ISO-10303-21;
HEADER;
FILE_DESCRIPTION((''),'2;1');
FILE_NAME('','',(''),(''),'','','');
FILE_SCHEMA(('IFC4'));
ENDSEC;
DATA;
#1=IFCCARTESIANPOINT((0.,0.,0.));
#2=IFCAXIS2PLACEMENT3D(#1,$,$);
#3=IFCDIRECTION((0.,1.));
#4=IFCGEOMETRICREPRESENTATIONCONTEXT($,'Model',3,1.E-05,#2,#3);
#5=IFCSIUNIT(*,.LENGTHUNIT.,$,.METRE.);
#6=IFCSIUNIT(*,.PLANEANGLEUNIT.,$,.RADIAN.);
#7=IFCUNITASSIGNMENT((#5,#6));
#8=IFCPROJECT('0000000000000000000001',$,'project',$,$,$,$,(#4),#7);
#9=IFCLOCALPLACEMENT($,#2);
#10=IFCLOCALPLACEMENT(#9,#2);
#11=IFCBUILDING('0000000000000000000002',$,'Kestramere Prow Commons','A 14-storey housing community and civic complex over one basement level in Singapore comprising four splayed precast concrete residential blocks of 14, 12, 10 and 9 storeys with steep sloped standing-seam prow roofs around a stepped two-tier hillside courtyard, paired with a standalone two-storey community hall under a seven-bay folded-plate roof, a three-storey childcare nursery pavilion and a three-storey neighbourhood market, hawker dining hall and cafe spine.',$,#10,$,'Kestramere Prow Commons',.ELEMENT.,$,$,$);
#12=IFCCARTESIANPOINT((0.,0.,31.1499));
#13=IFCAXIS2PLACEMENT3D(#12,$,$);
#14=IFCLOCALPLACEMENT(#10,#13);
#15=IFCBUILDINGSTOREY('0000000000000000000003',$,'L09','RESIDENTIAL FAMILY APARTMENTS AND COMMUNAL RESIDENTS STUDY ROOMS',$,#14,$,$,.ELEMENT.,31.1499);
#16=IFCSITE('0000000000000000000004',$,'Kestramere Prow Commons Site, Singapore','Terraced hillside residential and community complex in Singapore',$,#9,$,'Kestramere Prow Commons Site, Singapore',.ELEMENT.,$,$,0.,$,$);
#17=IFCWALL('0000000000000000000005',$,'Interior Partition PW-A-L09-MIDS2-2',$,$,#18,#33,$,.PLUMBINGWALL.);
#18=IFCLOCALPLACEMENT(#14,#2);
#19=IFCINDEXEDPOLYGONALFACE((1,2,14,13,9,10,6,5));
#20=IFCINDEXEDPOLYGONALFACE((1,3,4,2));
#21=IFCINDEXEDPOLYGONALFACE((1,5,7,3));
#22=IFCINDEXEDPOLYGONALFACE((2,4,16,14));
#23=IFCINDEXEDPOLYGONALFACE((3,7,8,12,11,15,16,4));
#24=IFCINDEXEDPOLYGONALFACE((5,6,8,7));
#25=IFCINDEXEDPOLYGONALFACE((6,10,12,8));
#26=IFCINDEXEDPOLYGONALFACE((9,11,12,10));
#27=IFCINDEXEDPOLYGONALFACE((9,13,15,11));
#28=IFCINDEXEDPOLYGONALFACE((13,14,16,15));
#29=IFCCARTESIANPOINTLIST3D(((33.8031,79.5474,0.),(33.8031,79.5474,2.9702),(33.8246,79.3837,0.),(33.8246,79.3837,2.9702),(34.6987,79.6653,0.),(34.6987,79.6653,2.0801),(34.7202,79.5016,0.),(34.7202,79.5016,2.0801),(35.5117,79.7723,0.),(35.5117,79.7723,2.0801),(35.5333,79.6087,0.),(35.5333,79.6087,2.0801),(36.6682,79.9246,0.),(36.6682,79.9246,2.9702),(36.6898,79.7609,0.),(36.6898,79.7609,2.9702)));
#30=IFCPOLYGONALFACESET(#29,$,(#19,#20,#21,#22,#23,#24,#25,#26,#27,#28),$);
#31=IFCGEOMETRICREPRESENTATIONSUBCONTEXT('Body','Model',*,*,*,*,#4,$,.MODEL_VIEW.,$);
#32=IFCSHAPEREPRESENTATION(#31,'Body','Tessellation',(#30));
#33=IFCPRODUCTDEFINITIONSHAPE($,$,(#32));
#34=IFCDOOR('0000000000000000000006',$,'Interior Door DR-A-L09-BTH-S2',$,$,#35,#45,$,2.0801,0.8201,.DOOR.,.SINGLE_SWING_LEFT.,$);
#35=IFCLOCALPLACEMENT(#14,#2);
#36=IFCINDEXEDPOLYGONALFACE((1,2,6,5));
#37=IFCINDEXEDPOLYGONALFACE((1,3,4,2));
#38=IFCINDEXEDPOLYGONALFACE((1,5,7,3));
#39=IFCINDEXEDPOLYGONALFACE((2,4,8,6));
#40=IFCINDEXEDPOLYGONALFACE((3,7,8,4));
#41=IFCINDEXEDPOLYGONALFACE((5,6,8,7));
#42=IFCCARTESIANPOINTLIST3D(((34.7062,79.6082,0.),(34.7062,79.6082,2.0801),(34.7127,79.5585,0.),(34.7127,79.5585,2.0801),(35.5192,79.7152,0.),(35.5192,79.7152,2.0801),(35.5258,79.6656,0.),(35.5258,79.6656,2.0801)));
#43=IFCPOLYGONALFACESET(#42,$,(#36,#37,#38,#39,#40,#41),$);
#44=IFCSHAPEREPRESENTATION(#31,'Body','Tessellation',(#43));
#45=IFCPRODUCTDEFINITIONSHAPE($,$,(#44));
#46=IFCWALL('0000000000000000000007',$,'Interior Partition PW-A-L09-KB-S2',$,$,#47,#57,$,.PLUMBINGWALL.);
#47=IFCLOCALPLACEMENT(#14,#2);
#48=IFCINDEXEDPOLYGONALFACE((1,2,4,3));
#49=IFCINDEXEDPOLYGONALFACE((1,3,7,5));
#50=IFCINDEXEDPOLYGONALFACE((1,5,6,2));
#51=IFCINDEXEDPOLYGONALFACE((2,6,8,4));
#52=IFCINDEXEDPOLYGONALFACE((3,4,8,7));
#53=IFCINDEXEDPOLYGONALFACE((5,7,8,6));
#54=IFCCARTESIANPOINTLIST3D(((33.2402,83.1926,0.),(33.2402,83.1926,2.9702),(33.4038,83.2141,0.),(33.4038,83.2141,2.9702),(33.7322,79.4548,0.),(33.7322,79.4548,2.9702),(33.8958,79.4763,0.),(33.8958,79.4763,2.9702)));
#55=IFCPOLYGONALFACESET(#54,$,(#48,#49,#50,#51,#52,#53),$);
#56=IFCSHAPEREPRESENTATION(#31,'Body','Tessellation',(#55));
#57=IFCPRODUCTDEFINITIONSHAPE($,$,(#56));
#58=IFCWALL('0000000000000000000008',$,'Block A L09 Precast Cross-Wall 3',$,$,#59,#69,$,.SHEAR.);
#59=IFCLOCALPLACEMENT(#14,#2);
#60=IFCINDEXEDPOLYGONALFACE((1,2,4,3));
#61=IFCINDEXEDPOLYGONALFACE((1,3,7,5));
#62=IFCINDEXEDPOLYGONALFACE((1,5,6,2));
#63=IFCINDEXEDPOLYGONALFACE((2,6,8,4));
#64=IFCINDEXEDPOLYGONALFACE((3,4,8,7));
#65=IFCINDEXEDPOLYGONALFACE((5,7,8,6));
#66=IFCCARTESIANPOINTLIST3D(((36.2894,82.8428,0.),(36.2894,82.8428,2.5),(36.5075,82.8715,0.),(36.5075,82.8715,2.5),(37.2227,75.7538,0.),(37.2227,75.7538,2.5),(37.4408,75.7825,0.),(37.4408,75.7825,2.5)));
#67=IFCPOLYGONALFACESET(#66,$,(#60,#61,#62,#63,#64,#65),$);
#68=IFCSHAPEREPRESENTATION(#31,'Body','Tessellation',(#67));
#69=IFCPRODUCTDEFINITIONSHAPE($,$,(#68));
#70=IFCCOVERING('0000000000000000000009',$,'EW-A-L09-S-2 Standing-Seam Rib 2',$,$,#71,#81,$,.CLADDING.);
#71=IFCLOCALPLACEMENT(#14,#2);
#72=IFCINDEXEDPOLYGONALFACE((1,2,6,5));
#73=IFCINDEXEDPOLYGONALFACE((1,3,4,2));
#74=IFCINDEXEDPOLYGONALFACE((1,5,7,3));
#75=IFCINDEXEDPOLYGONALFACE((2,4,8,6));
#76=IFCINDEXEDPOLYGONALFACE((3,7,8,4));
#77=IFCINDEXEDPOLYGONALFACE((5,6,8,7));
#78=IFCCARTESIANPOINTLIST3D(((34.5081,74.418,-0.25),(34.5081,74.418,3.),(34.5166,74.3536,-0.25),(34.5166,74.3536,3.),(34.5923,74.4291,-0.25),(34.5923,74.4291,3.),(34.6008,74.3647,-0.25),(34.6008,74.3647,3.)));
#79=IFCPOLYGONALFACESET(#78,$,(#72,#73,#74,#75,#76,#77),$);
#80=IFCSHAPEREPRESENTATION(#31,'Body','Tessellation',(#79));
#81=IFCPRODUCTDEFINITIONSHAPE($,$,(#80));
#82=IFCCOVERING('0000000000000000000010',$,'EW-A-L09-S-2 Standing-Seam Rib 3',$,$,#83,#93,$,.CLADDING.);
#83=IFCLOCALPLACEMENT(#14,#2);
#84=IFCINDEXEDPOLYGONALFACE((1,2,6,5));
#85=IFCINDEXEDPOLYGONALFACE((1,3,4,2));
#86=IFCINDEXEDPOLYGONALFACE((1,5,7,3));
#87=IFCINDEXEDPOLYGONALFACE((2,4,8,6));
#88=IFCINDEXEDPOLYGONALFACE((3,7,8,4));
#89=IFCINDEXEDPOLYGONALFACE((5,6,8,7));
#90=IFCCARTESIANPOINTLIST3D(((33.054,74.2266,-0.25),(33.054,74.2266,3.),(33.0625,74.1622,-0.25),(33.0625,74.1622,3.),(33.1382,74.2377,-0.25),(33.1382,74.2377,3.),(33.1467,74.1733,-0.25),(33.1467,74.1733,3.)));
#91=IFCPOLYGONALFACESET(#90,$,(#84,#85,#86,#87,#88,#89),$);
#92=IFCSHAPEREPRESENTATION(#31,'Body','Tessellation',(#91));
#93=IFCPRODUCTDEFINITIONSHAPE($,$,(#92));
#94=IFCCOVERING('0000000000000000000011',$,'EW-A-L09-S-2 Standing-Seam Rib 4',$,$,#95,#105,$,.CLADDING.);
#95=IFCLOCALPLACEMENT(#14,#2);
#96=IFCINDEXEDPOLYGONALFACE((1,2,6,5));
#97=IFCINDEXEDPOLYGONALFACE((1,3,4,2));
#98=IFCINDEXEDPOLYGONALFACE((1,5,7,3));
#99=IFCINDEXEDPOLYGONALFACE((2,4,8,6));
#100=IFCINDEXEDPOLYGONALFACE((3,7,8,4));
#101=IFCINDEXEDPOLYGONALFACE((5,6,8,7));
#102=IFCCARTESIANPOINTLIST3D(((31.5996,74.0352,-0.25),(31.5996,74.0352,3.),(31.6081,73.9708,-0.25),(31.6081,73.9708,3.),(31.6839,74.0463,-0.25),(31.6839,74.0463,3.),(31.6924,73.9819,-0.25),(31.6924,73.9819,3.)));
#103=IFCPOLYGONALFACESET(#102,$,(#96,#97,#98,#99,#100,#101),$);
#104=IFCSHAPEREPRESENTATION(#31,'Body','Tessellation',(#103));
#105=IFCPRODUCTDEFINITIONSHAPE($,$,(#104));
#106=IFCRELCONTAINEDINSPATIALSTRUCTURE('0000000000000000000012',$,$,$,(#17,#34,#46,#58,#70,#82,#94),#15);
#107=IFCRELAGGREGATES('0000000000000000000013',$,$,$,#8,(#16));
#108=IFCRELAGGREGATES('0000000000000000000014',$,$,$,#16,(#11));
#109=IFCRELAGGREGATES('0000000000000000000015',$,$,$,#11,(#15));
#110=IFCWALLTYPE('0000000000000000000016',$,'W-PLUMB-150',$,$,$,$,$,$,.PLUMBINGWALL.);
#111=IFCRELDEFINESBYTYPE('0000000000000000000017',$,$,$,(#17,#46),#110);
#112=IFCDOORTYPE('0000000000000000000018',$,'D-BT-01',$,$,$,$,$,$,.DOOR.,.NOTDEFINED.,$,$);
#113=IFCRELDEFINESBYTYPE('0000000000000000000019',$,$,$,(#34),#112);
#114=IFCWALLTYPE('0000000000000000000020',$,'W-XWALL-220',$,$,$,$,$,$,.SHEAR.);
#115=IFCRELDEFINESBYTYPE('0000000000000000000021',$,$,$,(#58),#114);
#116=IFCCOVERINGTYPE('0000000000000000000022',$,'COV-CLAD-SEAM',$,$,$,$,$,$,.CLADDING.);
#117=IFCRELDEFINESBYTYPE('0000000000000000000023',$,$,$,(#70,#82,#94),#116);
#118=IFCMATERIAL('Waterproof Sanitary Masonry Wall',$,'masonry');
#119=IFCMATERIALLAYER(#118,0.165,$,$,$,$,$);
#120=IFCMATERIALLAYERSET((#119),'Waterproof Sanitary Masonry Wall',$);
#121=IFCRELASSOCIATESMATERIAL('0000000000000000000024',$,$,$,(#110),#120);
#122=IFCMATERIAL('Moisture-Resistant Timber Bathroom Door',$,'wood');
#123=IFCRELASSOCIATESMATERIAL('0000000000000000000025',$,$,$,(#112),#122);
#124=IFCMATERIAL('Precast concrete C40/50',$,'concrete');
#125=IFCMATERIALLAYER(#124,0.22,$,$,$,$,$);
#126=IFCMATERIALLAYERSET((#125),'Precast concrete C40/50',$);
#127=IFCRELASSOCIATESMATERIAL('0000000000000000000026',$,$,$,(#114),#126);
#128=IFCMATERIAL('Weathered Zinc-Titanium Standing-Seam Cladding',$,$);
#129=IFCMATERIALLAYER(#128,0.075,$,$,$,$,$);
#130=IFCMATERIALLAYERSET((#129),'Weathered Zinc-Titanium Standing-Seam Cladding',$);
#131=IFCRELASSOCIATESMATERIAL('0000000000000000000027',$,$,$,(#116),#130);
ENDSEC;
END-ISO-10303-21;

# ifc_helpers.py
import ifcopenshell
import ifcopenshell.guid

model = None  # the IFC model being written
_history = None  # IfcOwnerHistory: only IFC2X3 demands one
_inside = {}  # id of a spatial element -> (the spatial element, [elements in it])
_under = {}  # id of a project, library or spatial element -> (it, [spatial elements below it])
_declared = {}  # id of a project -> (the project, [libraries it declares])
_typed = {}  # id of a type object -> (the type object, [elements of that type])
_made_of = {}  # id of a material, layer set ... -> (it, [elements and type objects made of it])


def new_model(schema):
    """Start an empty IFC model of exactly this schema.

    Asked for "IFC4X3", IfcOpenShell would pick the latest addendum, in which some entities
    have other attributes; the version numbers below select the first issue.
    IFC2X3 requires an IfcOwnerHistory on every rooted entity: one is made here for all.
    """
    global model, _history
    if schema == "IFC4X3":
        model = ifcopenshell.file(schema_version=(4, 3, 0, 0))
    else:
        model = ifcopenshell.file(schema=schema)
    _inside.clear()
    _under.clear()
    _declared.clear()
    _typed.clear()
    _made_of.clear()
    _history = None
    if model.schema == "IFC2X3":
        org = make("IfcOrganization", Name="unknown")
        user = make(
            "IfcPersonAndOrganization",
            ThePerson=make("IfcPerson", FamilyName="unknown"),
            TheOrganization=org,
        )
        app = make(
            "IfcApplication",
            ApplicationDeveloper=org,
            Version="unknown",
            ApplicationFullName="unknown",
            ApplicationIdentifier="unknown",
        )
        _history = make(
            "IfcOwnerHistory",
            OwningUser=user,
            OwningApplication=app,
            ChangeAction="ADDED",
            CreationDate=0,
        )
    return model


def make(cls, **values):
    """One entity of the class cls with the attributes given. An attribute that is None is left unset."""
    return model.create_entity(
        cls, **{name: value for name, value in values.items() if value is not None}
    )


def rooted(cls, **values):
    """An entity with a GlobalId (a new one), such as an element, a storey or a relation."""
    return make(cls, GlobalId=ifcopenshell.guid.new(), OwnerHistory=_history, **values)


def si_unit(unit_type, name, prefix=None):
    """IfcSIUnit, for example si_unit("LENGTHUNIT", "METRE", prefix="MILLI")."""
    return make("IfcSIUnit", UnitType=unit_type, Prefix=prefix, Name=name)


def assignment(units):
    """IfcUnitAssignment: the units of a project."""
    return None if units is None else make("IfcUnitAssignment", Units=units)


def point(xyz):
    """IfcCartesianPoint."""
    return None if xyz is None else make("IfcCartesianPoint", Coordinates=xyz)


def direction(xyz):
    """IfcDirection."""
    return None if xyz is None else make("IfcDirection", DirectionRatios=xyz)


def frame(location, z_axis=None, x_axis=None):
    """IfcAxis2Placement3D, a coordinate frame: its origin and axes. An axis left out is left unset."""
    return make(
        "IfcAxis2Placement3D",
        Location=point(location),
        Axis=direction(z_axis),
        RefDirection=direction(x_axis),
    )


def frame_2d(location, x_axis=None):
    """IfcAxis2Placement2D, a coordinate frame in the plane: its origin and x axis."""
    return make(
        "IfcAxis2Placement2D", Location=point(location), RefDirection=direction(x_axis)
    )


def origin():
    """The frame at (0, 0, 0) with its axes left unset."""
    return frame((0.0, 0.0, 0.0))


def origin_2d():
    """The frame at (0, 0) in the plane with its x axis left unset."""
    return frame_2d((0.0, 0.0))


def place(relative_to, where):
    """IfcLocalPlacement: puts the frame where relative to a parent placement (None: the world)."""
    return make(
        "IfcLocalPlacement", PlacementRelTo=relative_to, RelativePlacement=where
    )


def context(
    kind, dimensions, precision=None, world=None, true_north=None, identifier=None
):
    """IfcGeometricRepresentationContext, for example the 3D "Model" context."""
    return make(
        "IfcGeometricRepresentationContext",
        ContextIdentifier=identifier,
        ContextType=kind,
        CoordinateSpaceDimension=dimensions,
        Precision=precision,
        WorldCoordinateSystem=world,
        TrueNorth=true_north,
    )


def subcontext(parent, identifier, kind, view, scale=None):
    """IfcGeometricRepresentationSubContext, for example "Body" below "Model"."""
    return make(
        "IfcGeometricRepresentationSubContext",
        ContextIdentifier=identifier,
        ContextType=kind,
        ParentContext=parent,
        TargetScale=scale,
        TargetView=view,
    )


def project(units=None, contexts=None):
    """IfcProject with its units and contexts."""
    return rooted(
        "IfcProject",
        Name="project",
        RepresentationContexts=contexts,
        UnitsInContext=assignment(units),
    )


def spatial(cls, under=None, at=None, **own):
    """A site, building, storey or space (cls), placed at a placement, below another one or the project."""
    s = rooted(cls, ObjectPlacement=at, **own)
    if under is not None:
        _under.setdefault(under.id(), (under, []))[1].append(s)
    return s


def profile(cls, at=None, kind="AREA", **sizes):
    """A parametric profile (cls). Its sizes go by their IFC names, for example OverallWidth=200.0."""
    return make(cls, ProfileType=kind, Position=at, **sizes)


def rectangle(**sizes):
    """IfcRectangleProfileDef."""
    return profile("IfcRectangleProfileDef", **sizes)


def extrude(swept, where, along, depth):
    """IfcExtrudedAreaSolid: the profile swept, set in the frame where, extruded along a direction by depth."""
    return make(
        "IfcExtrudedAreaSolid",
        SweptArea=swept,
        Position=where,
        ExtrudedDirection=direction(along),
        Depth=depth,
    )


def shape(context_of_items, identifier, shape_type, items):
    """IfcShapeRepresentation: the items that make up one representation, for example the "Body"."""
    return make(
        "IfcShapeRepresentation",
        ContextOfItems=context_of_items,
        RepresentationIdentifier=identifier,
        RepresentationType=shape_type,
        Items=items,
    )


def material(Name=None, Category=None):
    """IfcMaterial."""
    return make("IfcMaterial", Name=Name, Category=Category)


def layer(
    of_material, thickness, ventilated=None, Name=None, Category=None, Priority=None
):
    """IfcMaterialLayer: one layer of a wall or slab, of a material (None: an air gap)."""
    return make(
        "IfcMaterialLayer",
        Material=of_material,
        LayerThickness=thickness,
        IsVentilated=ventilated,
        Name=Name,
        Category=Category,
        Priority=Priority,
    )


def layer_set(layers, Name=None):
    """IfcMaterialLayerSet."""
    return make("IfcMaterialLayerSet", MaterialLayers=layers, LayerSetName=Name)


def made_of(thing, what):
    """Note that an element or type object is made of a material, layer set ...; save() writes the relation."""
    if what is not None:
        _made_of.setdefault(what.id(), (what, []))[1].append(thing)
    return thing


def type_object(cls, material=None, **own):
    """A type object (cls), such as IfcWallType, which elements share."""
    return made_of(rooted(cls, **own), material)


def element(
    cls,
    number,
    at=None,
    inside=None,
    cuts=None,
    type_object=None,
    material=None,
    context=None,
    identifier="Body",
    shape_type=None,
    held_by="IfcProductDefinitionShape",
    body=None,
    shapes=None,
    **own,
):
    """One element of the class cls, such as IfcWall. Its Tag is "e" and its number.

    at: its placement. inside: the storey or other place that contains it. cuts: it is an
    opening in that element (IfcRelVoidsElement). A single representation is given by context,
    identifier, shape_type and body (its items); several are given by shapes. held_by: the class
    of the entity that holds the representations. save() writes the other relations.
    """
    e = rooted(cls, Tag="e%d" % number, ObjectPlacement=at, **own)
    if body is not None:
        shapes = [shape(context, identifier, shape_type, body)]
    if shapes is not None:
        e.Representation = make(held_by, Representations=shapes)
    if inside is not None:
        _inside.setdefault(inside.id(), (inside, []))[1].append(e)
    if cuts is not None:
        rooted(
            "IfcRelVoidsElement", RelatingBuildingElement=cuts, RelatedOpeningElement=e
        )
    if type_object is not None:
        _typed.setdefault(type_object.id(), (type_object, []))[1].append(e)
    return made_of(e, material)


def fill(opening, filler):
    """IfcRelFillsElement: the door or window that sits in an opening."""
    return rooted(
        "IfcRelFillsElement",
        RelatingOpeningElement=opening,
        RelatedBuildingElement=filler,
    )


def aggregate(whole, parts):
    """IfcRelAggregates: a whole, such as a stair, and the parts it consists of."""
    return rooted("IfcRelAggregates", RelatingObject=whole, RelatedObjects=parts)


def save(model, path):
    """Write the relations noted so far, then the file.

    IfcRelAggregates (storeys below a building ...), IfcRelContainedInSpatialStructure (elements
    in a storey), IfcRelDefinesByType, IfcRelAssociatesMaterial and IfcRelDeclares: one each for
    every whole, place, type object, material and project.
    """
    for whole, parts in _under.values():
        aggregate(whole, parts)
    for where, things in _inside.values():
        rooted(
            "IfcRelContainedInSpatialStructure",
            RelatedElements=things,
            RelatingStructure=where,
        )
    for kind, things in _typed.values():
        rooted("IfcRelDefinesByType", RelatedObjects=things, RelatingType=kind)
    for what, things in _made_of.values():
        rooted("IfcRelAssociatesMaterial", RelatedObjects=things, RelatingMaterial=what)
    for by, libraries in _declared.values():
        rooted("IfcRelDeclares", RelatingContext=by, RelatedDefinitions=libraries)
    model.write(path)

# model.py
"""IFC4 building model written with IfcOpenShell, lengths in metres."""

from ifc_helpers import new_model, si_unit, direction, frame, frame_2d, origin, origin_2d, place, context, subcontext, project, spatial, rectangle, extrude, material, layer, layer_set, type_object, element, fill, save


model = new_model("IFC4")

# Units and contexts
model_context = context("Model", 3, precision=1e-05, world=origin(), true_north=direction((0.0, 1.0)))
body_context = subcontext(model_context, "Body", "Model", "MODEL_VIEW")
ifc_project = project(units=[si_unit("LENGTHUNIT", "METRE"), si_unit("PLANEANGLEUNIT", "RADIAN")], contexts=[model_context])

# Site, building, storey
site_placement = place(None, origin())
site = spatial("IfcSite", under=ifc_project, at=site_placement, Name="Kestramere Prow Commons Site, Singapore", Description="Terraced hillside residential and community complex in Singapore", LongName="Kestramere Prow Commons Site, Singapore", CompositionType="ELEMENT", RefElevation=0.0)
building_placement = place(site_placement, origin())
building = spatial("IfcBuilding", under=site, at=building_placement, Name="Kestramere Prow Commons", Description="A 14-storey housing community and civic complex over one basement level in Singapore comprising four splayed precast concrete residential blocks of 14, 12, 10 and 9 storeys with steep sloped standing-seam prow roofs around a stepped two-tier hillside courtyard, paired with a standalone two-storey community hall under a seven-bay folded-plate roof, a three-storey childcare nursery pavilion and a three-storey neighbourhood market, hawker dining hall and cafe spine.", LongName="Kestramere Prow Commons", CompositionType="ELEMENT")
storey_placement = place(building_placement, frame((0.0, 0.0, 31.1499)))
storey = spatial("IfcBuildingStorey", under=building, at=storey_placement, Name="L09", Description="RESIDENTIAL FAMILY APARTMENTS AND COMMUNAL RESIDENTS STUDY ROOMS", CompositionType="ELEMENT", Elevation=31.1499)

# Shared definitions
ifc_material_1 = material(Name="Precast concrete C40/50", Category="concrete")

# Wall, opening, door
ifc_material_2 = material(Name="Waterproof Sanitary Masonry Wall", Category="masonry")
ifc_layer_1 = layer(ifc_material_2, 0.165)
ifc_layer_set_1 = layer_set([ifc_layer_1], Name="Waterproof Sanitary Masonry Wall")
wall_type_1 = type_object("IfcWallType", Name="W-PLUMB-150", PredefinedType="PLUMBINGWALL", material=ifc_layer_set_1)
wall_1_placement = place(storey_placement, frame((33.814, 79.4656, 0.0), z_axis=(0.0, 0.0, 1.0), x_axis=(0.991446, 0.13052, 0.0)))
wall_1 = element("IfcWall", 1, at=wall_1_placement, inside=storey, type_object=wall_type_1, Name="Interior Partition PW-A-L09-MIDS2-2", PredefinedType="PLUMBINGWALL", context=body_context, shape_type="SweptSolid", body=[
    extrude(rectangle(XDim=2.8899, YDim=0.165, at=frame_2d((1.4448, 0.0))), origin(), (0.0, 0.0, 1.0), 2.9702),
])
opening_1_placement = place(wall_1_placement, frame((0.9031, 0.0, 0.0)))
opening_1 = element("IfcOpeningElement", 2, at=opening_1_placement, cuts=wall_1, PredefinedType="OPENING", context=body_context, shape_type="SweptSolid", body=[
    extrude(rectangle(XDim=0.8201, YDim=2.0801, at=frame_2d((0.4102, 1.04))), frame((0.0, 0.0974, 0.0), z_axis=(0.0, -1.0, 0.0), x_axis=(1.0, 0.0, 0.0)), (0.0, 0.0, 1.0), 0.1951),
])
ifc_material_3 = material(Name="Moisture-Resistant Timber Bathroom Door", Category="wood")
door_type_1 = type_object("IfcDoorType", Name="D-BT-01", OperationType="NOTDEFINED", PredefinedType="DOOR", material=ifc_material_3)
door_1_placement = place(opening_1_placement, origin())
door_1 = element("IfcDoor", 3, at=door_1_placement, inside=storey, type_object=door_type_1, Name="Interior Door DR-A-L09-BTH-S2", OperationType="SINGLE_SWING_LEFT", OverallHeight=2.0801, OverallWidth=0.8201, PredefinedType="DOOR", context=body_context, shape_type="SweptSolid", body=[
    extrude(rectangle(XDim=0.8201, YDim=2.0801, at=frame_2d((0.4102, 1.04))), frame((0.0, 0.0249, 0.0), z_axis=(0.0, -1.0, 0.0), x_axis=(1.0, 0.0, 0.0)), (0.0, 0.0, 1.0), 0.05),
])
fill(opening_1, door_1)

# Walls
wall_2_placement = place(storey_placement, frame((33.814, 79.4656, 0.0), z_axis=(0.0, 0.0, 1.0), x_axis=(-0.130488, 0.99145, 0.0)))
element("IfcWall", 4, at=wall_2_placement, inside=storey, type_object=wall_type_1, Name="Interior Partition PW-A-L09-KB-S2", PredefinedType="PLUMBINGWALL", context=body_context, shape_type="SweptSolid", body=[
    extrude(rectangle(XDim=3.77, YDim=0.165, at=frame_2d((1.885, 0.0))), origin(), (0.0, 0.0, 1.0), 2.9702),
])
ifc_layer_2 = layer(ifc_material_1, 0.22)
ifc_layer_set_2 = layer_set([ifc_layer_2], Name="Precast concrete C40/50")
wall_type_2 = type_object("IfcWallType", Name="W-XWALL-220", PredefinedType="SHEAR", material=ifc_layer_set_2)
wall_3_placement = place(storey_placement, frame((37.3318, 75.7681, 0.0), z_axis=(0.0, 0.0, 1.0), x_axis=(-0.130538, 0.991443, 0.0)))
element("IfcWall", 5, at=wall_3_placement, inside=storey, type_object=wall_type_2, Name="Block A L09 Precast Cross-Wall 3", PredefinedType="SHEAR", context=body_context, shape_type="SweptSolid", body=[
    extrude(rectangle(XDim=7.1501, YDim=0.22, at=frame_2d((3.5752, 0.0))), origin(), (0.0, 0.0, 1.0), 2.5),
])

# Coverings
ifc_material_4 = material(Name="Weathered Zinc-Titanium Standing-Seam Cladding")
ifc_layer_3 = layer(ifc_material_4, 0.075)
ifc_layer_set_3 = layer_set([ifc_layer_3], Name="Weathered Zinc-Titanium Standing-Seam Cladding")
covering_type = type_object("IfcCoveringType", Name="COV-CLAD-SEAM", PredefinedType="CLADDING", material=ifc_layer_set_3)
for number, where, z_axis, x_axis, name in (
    (6, (34.5544, 74.3914, -0.25), (0.0, 0.0, 1.0), (-0.991445, -0.130526, 0.0), "EW-A-L09-S-2 Standing-Seam Rib 2"),
    (7, (33.1003, 74.2, -0.25), (0.0, 0.0, 1.0), (-0.991445, -0.130526, 0.0), "EW-A-L09-S-2 Standing-Seam Rib 3"),
    (8, (31.646, 74.0085, -0.25), (0.0, 0.0, 1.0), (-0.991445, -0.130526, 0.0), "EW-A-L09-S-2 Standing-Seam Rib 4"),
):
    element("IfcCovering", number, at=place(storey_placement, frame(where, z_axis=z_axis, x_axis=x_axis)), inside=storey, type_object=covering_type, Name=name, PredefinedType="CLADDING", context=body_context, shape_type="SweptSolid", body=[
        extrude(rectangle(XDim=0.085, YDim=0.0649, at=origin_2d()), origin(), (0.0, 0.0, 1.0), 3.25),
    ])

save(model, "model.ifc")
